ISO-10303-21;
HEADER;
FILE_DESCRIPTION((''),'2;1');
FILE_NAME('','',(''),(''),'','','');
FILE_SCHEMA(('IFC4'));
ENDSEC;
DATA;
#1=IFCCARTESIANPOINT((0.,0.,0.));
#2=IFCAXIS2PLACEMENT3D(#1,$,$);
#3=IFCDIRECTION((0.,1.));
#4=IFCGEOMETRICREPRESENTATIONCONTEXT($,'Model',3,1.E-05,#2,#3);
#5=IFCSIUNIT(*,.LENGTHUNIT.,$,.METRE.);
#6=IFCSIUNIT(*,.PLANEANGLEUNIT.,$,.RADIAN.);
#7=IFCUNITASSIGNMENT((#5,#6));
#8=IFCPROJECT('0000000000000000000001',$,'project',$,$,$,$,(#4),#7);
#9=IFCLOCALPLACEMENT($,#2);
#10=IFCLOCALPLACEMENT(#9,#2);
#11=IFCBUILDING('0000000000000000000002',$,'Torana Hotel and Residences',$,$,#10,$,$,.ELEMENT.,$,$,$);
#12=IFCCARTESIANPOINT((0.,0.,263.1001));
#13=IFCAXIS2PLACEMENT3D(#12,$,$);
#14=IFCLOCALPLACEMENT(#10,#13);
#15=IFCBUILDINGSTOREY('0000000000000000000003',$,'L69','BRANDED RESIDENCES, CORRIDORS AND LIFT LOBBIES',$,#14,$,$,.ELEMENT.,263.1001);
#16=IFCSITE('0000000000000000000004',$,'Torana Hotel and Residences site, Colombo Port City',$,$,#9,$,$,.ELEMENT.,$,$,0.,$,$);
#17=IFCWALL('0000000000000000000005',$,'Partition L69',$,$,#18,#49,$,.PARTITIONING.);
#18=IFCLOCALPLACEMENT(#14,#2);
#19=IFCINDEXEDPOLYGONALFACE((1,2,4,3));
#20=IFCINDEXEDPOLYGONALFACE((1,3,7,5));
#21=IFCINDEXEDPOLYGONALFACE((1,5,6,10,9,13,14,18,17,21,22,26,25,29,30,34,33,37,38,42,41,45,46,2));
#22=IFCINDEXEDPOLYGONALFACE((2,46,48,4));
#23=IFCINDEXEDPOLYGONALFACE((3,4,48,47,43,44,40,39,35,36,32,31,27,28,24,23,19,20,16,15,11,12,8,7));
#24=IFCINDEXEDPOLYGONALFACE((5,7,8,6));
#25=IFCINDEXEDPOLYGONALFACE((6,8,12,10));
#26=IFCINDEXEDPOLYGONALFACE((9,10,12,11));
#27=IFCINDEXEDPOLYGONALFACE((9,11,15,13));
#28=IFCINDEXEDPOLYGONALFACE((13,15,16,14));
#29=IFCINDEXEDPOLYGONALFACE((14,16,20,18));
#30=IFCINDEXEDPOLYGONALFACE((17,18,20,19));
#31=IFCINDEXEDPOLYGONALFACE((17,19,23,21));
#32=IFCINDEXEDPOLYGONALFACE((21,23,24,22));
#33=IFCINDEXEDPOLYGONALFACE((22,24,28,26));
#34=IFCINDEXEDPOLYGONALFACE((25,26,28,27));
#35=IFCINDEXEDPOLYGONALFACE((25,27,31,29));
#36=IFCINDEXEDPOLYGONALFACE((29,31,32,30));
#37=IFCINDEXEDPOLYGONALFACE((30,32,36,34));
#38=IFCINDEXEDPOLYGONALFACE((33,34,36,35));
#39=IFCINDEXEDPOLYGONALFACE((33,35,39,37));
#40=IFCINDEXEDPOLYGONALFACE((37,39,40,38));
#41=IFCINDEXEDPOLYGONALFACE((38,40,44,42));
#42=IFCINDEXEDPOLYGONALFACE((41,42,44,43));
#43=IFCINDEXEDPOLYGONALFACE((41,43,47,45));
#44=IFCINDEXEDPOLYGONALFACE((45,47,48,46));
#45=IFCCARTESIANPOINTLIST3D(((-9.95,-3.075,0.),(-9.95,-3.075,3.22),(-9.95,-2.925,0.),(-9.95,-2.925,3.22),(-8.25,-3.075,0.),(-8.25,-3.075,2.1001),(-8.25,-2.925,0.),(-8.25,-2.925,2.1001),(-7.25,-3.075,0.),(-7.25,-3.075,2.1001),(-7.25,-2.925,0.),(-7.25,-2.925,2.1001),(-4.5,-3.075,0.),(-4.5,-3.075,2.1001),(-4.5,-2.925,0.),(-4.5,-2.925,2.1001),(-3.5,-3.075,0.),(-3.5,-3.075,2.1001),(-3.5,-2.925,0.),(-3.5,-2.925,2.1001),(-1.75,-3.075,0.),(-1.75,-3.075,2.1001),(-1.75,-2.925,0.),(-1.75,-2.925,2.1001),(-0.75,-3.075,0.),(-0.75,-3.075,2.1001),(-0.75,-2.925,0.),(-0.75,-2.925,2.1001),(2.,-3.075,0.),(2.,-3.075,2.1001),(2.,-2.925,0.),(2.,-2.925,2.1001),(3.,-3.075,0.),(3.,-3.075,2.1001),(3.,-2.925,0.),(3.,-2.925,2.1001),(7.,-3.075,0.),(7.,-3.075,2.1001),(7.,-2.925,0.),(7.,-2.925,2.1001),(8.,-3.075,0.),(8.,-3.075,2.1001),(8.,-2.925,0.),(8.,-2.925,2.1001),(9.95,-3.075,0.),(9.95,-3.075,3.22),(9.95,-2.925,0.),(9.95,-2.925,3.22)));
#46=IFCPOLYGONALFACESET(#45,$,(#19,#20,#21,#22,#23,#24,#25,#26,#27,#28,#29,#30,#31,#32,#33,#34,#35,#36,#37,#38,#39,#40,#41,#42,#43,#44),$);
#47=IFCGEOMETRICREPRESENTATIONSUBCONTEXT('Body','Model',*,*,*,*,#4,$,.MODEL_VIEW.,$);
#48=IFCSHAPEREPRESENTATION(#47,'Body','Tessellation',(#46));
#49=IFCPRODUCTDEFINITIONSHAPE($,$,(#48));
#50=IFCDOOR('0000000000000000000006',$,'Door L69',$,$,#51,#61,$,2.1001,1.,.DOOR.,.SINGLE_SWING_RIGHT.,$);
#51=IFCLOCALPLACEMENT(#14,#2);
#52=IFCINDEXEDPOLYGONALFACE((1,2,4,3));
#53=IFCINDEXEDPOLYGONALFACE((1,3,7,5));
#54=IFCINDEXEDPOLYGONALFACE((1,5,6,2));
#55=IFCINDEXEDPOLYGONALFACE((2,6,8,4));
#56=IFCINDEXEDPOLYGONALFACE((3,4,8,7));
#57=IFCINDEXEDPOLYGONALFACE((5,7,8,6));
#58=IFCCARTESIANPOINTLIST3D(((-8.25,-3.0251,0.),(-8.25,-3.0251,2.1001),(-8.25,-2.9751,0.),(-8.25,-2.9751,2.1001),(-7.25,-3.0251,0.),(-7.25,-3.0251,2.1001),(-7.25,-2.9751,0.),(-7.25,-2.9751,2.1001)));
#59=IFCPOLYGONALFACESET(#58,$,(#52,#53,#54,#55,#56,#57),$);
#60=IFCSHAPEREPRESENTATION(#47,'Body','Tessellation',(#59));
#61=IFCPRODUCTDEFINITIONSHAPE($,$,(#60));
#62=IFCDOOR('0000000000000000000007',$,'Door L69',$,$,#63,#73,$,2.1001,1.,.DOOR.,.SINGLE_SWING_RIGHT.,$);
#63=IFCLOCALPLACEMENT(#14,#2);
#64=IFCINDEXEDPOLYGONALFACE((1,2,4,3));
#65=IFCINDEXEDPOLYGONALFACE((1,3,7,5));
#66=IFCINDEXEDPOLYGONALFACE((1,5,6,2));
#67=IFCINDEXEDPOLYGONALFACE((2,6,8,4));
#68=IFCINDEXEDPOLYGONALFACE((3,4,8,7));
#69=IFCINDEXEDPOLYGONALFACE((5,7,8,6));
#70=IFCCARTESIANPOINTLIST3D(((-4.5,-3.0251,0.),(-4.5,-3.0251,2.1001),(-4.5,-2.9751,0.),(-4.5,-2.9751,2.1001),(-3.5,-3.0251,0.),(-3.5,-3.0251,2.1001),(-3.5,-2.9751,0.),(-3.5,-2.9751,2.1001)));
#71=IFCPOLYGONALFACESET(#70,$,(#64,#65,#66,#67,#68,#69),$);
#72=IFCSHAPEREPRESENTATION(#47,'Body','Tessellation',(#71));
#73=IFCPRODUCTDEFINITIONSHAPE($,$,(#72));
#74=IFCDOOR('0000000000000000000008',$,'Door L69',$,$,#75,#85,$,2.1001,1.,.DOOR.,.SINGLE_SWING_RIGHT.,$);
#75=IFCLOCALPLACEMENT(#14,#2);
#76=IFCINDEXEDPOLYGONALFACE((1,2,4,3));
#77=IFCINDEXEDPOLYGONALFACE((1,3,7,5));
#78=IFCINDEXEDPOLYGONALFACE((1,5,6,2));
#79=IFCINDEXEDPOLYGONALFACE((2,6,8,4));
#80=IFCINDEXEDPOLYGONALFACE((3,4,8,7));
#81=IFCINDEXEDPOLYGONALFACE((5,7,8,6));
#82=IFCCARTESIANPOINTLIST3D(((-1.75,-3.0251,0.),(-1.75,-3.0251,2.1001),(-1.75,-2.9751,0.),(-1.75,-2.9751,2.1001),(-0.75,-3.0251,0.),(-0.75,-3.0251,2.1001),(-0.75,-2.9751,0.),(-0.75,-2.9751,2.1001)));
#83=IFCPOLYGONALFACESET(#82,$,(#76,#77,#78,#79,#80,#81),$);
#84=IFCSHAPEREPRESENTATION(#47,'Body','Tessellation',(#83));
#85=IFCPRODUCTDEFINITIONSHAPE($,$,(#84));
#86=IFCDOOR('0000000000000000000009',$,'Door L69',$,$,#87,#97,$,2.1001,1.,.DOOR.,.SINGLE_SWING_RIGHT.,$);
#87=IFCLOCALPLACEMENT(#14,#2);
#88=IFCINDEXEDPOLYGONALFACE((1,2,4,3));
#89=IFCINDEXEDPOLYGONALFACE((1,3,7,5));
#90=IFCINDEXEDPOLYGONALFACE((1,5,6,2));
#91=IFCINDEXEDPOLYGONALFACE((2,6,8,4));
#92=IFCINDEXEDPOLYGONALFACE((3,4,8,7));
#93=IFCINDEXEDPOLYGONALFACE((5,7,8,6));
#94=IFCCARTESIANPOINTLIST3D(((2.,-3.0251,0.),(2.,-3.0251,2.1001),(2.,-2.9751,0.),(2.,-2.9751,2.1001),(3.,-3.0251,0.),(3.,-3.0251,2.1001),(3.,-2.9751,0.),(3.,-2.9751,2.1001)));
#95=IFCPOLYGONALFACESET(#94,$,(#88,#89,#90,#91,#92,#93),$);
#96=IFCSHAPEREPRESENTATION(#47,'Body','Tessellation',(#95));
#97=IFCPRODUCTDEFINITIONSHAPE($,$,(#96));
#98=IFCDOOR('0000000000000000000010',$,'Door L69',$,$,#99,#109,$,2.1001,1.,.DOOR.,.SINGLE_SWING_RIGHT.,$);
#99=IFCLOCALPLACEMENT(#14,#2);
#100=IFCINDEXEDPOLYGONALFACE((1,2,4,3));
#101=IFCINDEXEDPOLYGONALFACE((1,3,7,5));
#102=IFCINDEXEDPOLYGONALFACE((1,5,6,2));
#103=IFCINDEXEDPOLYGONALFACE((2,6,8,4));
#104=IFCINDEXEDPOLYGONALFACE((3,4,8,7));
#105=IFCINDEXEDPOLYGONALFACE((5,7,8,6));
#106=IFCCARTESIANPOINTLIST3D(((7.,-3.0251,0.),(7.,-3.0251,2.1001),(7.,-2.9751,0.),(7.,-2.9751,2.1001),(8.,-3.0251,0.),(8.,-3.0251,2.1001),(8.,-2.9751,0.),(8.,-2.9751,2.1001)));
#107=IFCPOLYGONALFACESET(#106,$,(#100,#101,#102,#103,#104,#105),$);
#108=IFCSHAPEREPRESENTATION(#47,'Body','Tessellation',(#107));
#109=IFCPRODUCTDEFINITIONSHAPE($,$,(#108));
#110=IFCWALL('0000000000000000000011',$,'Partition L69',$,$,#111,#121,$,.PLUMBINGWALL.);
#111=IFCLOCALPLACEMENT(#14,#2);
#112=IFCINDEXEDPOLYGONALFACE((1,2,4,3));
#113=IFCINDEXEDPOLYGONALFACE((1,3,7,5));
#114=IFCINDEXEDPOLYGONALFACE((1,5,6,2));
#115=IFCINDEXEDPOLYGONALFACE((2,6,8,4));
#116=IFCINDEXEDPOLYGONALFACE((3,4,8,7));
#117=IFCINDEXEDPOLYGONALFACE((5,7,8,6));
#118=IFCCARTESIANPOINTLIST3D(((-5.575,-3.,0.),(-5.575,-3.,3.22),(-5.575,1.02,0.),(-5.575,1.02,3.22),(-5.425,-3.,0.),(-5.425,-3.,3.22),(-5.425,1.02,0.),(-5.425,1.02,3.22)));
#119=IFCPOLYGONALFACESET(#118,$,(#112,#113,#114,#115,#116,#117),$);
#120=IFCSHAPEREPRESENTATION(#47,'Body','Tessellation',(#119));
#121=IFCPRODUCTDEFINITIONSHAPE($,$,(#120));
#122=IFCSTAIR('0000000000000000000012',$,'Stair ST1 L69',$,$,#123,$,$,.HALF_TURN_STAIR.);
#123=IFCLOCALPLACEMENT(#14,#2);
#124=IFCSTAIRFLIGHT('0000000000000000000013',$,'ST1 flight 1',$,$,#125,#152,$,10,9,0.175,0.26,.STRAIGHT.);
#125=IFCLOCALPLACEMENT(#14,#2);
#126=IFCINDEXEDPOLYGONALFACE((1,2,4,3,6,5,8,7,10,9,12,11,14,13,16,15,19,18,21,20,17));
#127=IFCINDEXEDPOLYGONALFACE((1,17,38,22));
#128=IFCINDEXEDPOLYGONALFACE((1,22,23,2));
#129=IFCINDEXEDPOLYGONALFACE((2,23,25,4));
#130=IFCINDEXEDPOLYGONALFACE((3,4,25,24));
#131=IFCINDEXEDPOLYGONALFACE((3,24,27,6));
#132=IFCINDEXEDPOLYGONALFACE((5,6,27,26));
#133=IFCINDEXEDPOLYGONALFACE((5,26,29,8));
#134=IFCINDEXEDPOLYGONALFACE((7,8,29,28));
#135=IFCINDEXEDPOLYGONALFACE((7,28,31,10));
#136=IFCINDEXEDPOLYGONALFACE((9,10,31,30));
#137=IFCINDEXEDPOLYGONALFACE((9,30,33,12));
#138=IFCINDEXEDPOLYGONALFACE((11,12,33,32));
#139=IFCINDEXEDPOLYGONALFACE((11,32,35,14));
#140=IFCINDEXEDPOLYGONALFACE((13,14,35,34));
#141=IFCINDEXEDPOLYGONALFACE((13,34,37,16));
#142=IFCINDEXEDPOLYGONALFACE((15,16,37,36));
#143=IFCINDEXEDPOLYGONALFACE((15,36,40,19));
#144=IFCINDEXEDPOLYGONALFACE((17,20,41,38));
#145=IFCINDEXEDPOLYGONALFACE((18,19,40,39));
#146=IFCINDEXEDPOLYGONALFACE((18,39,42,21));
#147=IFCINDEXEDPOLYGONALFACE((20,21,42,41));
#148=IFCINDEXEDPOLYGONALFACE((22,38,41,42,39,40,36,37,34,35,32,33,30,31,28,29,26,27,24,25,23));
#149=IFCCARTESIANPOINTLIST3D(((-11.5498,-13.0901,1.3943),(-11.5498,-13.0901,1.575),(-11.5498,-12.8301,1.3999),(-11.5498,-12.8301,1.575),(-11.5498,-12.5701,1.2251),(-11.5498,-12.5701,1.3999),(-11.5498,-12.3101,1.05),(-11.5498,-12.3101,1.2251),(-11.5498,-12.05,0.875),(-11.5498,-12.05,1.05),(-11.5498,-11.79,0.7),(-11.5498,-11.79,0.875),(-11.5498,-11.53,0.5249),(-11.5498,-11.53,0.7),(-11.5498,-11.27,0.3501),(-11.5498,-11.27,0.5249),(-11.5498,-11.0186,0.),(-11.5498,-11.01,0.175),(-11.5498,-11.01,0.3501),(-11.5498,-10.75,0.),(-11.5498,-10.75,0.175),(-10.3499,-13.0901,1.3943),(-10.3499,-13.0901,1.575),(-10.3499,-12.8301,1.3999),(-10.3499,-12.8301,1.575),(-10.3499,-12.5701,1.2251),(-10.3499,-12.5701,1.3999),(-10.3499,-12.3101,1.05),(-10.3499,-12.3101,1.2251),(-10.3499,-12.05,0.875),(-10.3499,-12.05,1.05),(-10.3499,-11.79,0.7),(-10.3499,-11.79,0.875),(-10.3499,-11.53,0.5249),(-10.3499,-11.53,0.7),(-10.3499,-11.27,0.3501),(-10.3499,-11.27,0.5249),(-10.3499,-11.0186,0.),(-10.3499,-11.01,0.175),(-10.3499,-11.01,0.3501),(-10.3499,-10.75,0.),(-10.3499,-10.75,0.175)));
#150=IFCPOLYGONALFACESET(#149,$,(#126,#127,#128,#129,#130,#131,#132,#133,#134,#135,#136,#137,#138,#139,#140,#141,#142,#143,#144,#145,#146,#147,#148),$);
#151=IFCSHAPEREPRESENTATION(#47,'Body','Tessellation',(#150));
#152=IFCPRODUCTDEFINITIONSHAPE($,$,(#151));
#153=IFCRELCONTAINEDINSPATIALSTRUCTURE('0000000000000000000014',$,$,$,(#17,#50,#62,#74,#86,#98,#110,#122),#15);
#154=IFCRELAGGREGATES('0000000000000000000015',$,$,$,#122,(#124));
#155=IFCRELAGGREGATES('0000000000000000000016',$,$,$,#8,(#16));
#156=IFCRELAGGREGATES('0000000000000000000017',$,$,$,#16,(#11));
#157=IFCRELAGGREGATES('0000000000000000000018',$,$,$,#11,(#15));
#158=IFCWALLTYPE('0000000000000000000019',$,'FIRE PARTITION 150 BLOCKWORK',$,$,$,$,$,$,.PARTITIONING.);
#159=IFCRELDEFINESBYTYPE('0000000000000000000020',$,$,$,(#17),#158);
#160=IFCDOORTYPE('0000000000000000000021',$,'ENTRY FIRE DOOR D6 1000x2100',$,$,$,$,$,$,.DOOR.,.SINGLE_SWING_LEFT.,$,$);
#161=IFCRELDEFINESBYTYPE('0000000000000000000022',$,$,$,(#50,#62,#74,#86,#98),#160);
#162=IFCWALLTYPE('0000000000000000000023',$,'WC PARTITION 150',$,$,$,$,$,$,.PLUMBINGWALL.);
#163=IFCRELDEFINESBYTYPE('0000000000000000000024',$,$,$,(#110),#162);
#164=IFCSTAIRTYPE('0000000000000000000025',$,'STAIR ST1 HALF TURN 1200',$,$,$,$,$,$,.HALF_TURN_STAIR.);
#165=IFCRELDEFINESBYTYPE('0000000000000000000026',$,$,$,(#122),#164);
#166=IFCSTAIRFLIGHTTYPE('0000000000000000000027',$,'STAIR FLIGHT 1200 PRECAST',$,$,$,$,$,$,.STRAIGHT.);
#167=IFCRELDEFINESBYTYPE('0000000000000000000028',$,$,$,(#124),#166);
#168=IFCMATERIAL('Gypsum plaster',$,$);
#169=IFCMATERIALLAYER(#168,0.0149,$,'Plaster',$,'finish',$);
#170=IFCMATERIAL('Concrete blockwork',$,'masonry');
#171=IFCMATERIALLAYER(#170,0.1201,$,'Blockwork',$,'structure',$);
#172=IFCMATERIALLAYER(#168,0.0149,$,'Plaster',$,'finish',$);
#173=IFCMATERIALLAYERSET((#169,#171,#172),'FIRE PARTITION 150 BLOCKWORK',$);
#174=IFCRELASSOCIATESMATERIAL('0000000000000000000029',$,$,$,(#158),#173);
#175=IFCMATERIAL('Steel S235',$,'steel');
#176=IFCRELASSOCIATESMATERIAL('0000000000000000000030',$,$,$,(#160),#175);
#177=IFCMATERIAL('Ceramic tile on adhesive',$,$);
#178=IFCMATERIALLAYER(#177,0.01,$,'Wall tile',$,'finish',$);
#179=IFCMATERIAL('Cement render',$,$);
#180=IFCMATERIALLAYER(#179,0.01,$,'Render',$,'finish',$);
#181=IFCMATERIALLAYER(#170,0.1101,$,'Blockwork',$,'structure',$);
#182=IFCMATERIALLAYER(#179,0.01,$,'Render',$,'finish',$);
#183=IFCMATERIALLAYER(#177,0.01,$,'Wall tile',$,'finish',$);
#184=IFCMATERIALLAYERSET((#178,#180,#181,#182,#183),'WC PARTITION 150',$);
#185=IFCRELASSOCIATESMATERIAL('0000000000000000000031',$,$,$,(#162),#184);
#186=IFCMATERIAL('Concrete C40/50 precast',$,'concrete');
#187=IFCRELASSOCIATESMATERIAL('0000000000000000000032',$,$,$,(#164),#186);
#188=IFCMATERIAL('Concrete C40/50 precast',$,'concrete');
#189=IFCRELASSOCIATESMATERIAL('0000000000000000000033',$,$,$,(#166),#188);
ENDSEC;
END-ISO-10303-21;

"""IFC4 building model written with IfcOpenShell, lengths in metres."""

from ifc_helpers import new_model, si_unit, direction, frame, frame_2d, origin, place, context, subcontext, project, spatial, polyline, rectangle, outline, extrude, material, layer, layer_set, type_object, element, fill, aggregate, save


model = new_model("IFC4")

# Units and contexts
model_context = context("Model", 3, precision=1e-05, world=origin(), true_north=direction((0.0, 1.0)))
body_context = subcontext(model_context, "Body", "Model", "MODEL_VIEW")
ifc_project = project(units=[si_unit("LENGTHUNIT", "METRE"), si_unit("PLANEANGLEUNIT", "RADIAN")], contexts=[model_context])

# Site, building, storey
site_placement = place(None, origin())
site = spatial("IfcSite", under=ifc_project, at=site_placement, Name="Torana Hotel and Residences site, Colombo Port City", CompositionType="ELEMENT", RefElevation=0.0)
building_placement = place(site_placement, origin())
building = spatial("IfcBuilding", under=site, at=building_placement, Name="Torana Hotel and Residences", CompositionType="ELEMENT")
storey_placement = place(building_placement, frame((0.0, 0.0, 263.1001)))
storey = spatial("IfcBuildingStorey", under=building, at=storey_placement, Name="L69", Description="BRANDED RESIDENCES, CORRIDORS AND LIFT LOBBIES", CompositionType="ELEMENT", Elevation=263.1001)

# Shared definitions
ifc_material_1 = material(Name="Gypsum plaster")
ifc_layer_1 = layer(ifc_material_1, 0.0149, Name="Plaster", Category="finish")
ifc_material_2 = material(Name="Concrete blockwork", Category="masonry")
ifc_layer_2 = layer(ifc_material_2, 0.1201, Name="Blockwork", Category="structure")
ifc_layer_3 = layer(ifc_material_1, 0.0149, Name="Plaster", Category="finish")
ifc_layer_set_1 = layer_set([ifc_layer_1, ifc_layer_2, ifc_layer_3], Name="FIRE PARTITION 150 BLOCKWORK")
wall_type_1 = type_object("IfcWallType", Name="FIRE PARTITION 150 BLOCKWORK", PredefinedType="PARTITIONING", material=ifc_layer_set_1)

# Wall, openings, doors
ifc_material_3 = material(Name="Steel S235", Category="steel")
door_type_1 = type_object("IfcDoorType", Name="ENTRY FIRE DOOR D6 1000x2100", OperationType="SINGLE_SWING_LEFT", PredefinedType="DOOR", material=ifc_material_3)
wall_1_placement = place(storey_placement, frame((-9.95, -3.0, 0.0), z_axis=(0.0, 0.0, 1.0), x_axis=(1.0, 0.0, 0.0)))
wall_1 = element("IfcWall", 1, at=wall_1_placement, inside=storey, type_object=wall_type_1, Name="Partition L69", PredefinedType="PARTITIONING", context=body_context, shape_type="SweptSolid", body=[
    extrude(rectangle(XDim=19.8999, YDim=0.1499, at=frame_2d((9.95, 0.0))), origin(), (0.0, 0.0, 1.0), 3.22),
])
opening_1_placement = place(wall_1_placement, frame((1.7, 0.0, 0.0)))
opening_1 = element("IfcOpeningElement", 2, at=opening_1_placement, cuts=wall_1, PredefinedType="OPENING", context=body_context, shape_type="SweptSolid", body=[
    extrude(rectangle(XDim=1.0, YDim=2.1001, at=frame_2d((0.5, 1.05))), frame((0.0, 0.085, 0.0), z_axis=(0.0, -1.0, 0.0), x_axis=(1.0, 0.0, 0.0)), (0.0, 0.0, 1.0), 0.1699),
])
opening_2_placement = place(wall_1_placement, frame((5.45, 0.0, 0.0)))
opening_2 = element("IfcOpeningElement", 3, at=opening_2_placement, cuts=wall_1, PredefinedType="OPENING", context=body_context, shape_type="SweptSolid", body=[
    extrude(rectangle(XDim=1.0, YDim=2.1001, at=frame_2d((0.5, 1.05))), frame((0.0, 0.085, 0.0), z_axis=(0.0, -1.0, 0.0), x_axis=(1.0, 0.0, 0.0)), (0.0, 0.0, 1.0), 0.1699),
])
opening_3_placement = place(wall_1_placement, frame((8.2, 0.0, 0.0)))
opening_3 = element("IfcOpeningElement", 4, at=opening_3_placement, cuts=wall_1, PredefinedType="OPENING", context=body_context, shape_type="SweptSolid", body=[
    extrude(rectangle(XDim=1.0, YDim=2.1001, at=frame_2d((0.5, 1.05))), frame((0.0, 0.085, 0.0), z_axis=(0.0, -1.0, 0.0), x_axis=(1.0, 0.0, 0.0)), (0.0, 0.0, 1.0), 0.1699),
])
opening_4_placement = place(wall_1_placement, frame((11.95, 0.0, 0.0)))
opening_4 = element("IfcOpeningElement", 5, at=opening_4_placement, cuts=wall_1, PredefinedType="OPENING", context=body_context, shape_type="SweptSolid", body=[
    extrude(rectangle(XDim=1.0, YDim=2.1001, at=frame_2d((0.5, 1.05))), frame((0.0, 0.085, 0.0), z_axis=(0.0, -1.0, 0.0), x_axis=(1.0, 0.0, 0.0)), (0.0, 0.0, 1.0), 0.1699),
])
opening_5_placement = place(wall_1_placement, frame((16.95, 0.0, 0.0)))
opening_5 = element("IfcOpeningElement", 6, at=opening_5_placement, cuts=wall_1, PredefinedType="OPENING", context=body_context, shape_type="SweptSolid", body=[
    extrude(rectangle(XDim=1.0, YDim=2.1001, at=frame_2d((0.5, 1.05))), frame((0.0, 0.085, 0.0), z_axis=(0.0, -1.0, 0.0), x_axis=(1.0, 0.0, 0.0)), (0.0, 0.0, 1.0), 0.1699),
])
door_1_placement = place(opening_1_placement, origin())
door_1 = element("IfcDoor", 7, at=door_1_placement, inside=storey, type_object=door_type_1, Name="Door L69", OperationType="SINGLE_SWING_RIGHT", OverallHeight=2.1001, OverallWidth=1.0, PredefinedType="DOOR", context=body_context, shape_type="SweptSolid", body=[
    extrude(rectangle(XDim=1.0, YDim=2.1001, at=frame_2d((0.5, 1.05))), frame((0.0, 0.0249, 0.0), z_axis=(0.0, -1.0, 0.0), x_axis=(1.0, 0.0, 0.0)), (0.0, 0.0, 1.0), 0.05),
])
fill(opening_1, door_1)
door_2_placement = place(opening_2_placement, origin())
door_2 = element("IfcDoor", 8, at=door_2_placement, inside=storey, type_object=door_type_1, Name="Door L69", OperationType="SINGLE_SWING_RIGHT", OverallHeight=2.1001, OverallWidth=1.0, PredefinedType="DOOR", context=body_context, shape_type="SweptSolid", body=[
    extrude(rectangle(XDim=1.0, YDim=2.1001, at=frame_2d((0.5, 1.05))), frame((0.0, 0.0249, 0.0), z_axis=(0.0, -1.0, 0.0), x_axis=(1.0, 0.0, 0.0)), (0.0, 0.0, 1.0), 0.05),
])
fill(opening_2, door_2)
door_3_placement = place(opening_3_placement, origin())
door_3 = element("IfcDoor", 9, at=door_3_placement, inside=storey, type_object=door_type_1, Name="Door L69", OperationType="SINGLE_SWING_RIGHT", OverallHeight=2.1001, OverallWidth=1.0, PredefinedType="DOOR", context=body_context, shape_type="SweptSolid", body=[
    extrude(rectangle(XDim=1.0, YDim=2.1001, at=frame_2d((0.5, 1.05))), frame((0.0, 0.0249, 0.0), z_axis=(0.0, -1.0, 0.0), x_axis=(1.0, 0.0, 0.0)), (0.0, 0.0, 1.0), 0.05),
])
fill(opening_3, door_3)
door_4_placement = place(opening_4_placement, origin())
door_4 = element("IfcDoor", 10, at=door_4_placement, inside=storey, type_object=door_type_1, Name="Door L69", OperationType="SINGLE_SWING_RIGHT", OverallHeight=2.1001, OverallWidth=1.0, PredefinedType="DOOR", context=body_context, shape_type="SweptSolid", body=[
    extrude(rectangle(XDim=1.0, YDim=2.1001, at=frame_2d((0.5, 1.05))), frame((0.0, 0.0249, 0.0), z_axis=(0.0, -1.0, 0.0), x_axis=(1.0, 0.0, 0.0)), (0.0, 0.0, 1.0), 0.05),
])
fill(opening_4, door_4)
door_5_placement = place(opening_5_placement, origin())
door_5 = element("IfcDoor", 11, at=door_5_placement, inside=storey, type_object=door_type_1, Name="Door L69", OperationType="SINGLE_SWING_RIGHT", OverallHeight=2.1001, OverallWidth=1.0, PredefinedType="DOOR", context=body_context, shape_type="SweptSolid", body=[
    extrude(rectangle(XDim=1.0, YDim=2.1001, at=frame_2d((0.5, 1.05))), frame((0.0, 0.0249, 0.0), z_axis=(0.0, -1.0, 0.0), x_axis=(1.0, 0.0, 0.0)), (0.0, 0.0, 1.0), 0.05),
])
fill(opening_5, door_5)

# Wall
ifc_material_4 = material(Name="Ceramic tile on adhesive")
ifc_layer_4 = layer(ifc_material_4, 0.01, Name="Wall tile", Category="finish")
ifc_material_5 = material(Name="Cement render")
ifc_layer_5 = layer(ifc_material_5, 0.01, Name="Render", Category="finish")
ifc_layer_6 = layer(ifc_material_2, 0.1101, Name="Blockwork", Category="structure")
ifc_layer_7 = layer(ifc_material_5, 0.01, Name="Render", Category="finish")
ifc_layer_8 = layer(ifc_material_4, 0.01, Name="Wall tile", Category="finish")
ifc_layer_set_2 = layer_set([ifc_layer_4, ifc_layer_5, ifc_layer_6, ifc_layer_7, ifc_layer_8], Name="WC PARTITION 150")
wall_type_2 = type_object("IfcWallType", Name="WC PARTITION 150", PredefinedType="PLUMBINGWALL", material=ifc_layer_set_2)
wall_2_placement = place(storey_placement, frame((-5.5, -3.0, 0.0), z_axis=(0.0, 0.0, 1.0), x_axis=(0.0, 1.0, 0.0)))
element("IfcWall", 12, at=wall_2_placement, inside=storey, type_object=wall_type_2, Name="Partition L69", PredefinedType="PLUMBINGWALL", context=body_context, shape_type="SweptSolid", body=[
    extrude(rectangle(XDim=4.02, YDim=0.1499, at=frame_2d((2.01, 0.0))), origin(), (0.0, 0.0, 1.0), 3.22),
])

# Stair, stair flight
ifc_material_6 = material(Name="Concrete C40/50 precast", Category="concrete")
stair_type = type_object("IfcStairType", Name="STAIR ST1 HALF TURN 1200", PredefinedType="HALF_TURN_STAIR", material=ifc_material_6)
stair_placement = place(storey_placement, origin())
stair = element("IfcStair", 13, at=stair_placement, inside=storey, type_object=stair_type, Name="Stair ST1 L69", PredefinedType="HALF_TURN_STAIR")
ifc_material_7 = material(Name="Concrete C40/50 precast", Category="concrete")
stair_flight_type = type_object("IfcStairFlightType", Name="STAIR FLIGHT 1200 PRECAST", PredefinedType="STRAIGHT", material=ifc_material_7)
stair_flight_1_placement = place(storey_placement, frame((-10.95, -10.75, 0.0), z_axis=(0.0, 0.0, 1.0), x_axis=(0.0, -1.0, 0.0)))
stair_flight_1 = element("IfcStairFlight", 14, at=stair_flight_1_placement, type_object=stair_flight_type, Name="ST1 flight 1", NumberOfRisers=10, NumberOfTreads=9, PredefinedType="STRAIGHT", RiserHeight=0.175, TreadLength=0.26, context=body_context, shape_type="SweptSolid", body=[
    extrude(outline(polyline([(0.0, 0.0), (0.0, 0.175), (0.26, 0.175), (0.26, 0.3501), (0.52, 0.3501), (0.52, 0.5249), (0.78, 0.5249), (0.78, 0.7), (1.04, 0.7), (1.04, 0.875), (1.3, 0.875), (1.3, 1.05), (1.5601, 1.05), (1.5601, 1.2251), (1.8201, 1.2251), (1.8201, 1.3999), (2.0801, 1.3999), (2.0801, 1.575), (2.3401, 1.575), (2.3401, 1.75), (2.3401, 1.3943), (0.2686, 0.0), (0.0, 0.0)])), frame((0.0, 0.6001, 0.0), z_axis=(0.0, -1.0, 0.0), x_axis=(1.0, 0.0, 0.0)), (0.0, 0.0, 1.0), 1.2),
])
aggregate(stair, [stair_flight_1])

save(model, "model.ifc")
